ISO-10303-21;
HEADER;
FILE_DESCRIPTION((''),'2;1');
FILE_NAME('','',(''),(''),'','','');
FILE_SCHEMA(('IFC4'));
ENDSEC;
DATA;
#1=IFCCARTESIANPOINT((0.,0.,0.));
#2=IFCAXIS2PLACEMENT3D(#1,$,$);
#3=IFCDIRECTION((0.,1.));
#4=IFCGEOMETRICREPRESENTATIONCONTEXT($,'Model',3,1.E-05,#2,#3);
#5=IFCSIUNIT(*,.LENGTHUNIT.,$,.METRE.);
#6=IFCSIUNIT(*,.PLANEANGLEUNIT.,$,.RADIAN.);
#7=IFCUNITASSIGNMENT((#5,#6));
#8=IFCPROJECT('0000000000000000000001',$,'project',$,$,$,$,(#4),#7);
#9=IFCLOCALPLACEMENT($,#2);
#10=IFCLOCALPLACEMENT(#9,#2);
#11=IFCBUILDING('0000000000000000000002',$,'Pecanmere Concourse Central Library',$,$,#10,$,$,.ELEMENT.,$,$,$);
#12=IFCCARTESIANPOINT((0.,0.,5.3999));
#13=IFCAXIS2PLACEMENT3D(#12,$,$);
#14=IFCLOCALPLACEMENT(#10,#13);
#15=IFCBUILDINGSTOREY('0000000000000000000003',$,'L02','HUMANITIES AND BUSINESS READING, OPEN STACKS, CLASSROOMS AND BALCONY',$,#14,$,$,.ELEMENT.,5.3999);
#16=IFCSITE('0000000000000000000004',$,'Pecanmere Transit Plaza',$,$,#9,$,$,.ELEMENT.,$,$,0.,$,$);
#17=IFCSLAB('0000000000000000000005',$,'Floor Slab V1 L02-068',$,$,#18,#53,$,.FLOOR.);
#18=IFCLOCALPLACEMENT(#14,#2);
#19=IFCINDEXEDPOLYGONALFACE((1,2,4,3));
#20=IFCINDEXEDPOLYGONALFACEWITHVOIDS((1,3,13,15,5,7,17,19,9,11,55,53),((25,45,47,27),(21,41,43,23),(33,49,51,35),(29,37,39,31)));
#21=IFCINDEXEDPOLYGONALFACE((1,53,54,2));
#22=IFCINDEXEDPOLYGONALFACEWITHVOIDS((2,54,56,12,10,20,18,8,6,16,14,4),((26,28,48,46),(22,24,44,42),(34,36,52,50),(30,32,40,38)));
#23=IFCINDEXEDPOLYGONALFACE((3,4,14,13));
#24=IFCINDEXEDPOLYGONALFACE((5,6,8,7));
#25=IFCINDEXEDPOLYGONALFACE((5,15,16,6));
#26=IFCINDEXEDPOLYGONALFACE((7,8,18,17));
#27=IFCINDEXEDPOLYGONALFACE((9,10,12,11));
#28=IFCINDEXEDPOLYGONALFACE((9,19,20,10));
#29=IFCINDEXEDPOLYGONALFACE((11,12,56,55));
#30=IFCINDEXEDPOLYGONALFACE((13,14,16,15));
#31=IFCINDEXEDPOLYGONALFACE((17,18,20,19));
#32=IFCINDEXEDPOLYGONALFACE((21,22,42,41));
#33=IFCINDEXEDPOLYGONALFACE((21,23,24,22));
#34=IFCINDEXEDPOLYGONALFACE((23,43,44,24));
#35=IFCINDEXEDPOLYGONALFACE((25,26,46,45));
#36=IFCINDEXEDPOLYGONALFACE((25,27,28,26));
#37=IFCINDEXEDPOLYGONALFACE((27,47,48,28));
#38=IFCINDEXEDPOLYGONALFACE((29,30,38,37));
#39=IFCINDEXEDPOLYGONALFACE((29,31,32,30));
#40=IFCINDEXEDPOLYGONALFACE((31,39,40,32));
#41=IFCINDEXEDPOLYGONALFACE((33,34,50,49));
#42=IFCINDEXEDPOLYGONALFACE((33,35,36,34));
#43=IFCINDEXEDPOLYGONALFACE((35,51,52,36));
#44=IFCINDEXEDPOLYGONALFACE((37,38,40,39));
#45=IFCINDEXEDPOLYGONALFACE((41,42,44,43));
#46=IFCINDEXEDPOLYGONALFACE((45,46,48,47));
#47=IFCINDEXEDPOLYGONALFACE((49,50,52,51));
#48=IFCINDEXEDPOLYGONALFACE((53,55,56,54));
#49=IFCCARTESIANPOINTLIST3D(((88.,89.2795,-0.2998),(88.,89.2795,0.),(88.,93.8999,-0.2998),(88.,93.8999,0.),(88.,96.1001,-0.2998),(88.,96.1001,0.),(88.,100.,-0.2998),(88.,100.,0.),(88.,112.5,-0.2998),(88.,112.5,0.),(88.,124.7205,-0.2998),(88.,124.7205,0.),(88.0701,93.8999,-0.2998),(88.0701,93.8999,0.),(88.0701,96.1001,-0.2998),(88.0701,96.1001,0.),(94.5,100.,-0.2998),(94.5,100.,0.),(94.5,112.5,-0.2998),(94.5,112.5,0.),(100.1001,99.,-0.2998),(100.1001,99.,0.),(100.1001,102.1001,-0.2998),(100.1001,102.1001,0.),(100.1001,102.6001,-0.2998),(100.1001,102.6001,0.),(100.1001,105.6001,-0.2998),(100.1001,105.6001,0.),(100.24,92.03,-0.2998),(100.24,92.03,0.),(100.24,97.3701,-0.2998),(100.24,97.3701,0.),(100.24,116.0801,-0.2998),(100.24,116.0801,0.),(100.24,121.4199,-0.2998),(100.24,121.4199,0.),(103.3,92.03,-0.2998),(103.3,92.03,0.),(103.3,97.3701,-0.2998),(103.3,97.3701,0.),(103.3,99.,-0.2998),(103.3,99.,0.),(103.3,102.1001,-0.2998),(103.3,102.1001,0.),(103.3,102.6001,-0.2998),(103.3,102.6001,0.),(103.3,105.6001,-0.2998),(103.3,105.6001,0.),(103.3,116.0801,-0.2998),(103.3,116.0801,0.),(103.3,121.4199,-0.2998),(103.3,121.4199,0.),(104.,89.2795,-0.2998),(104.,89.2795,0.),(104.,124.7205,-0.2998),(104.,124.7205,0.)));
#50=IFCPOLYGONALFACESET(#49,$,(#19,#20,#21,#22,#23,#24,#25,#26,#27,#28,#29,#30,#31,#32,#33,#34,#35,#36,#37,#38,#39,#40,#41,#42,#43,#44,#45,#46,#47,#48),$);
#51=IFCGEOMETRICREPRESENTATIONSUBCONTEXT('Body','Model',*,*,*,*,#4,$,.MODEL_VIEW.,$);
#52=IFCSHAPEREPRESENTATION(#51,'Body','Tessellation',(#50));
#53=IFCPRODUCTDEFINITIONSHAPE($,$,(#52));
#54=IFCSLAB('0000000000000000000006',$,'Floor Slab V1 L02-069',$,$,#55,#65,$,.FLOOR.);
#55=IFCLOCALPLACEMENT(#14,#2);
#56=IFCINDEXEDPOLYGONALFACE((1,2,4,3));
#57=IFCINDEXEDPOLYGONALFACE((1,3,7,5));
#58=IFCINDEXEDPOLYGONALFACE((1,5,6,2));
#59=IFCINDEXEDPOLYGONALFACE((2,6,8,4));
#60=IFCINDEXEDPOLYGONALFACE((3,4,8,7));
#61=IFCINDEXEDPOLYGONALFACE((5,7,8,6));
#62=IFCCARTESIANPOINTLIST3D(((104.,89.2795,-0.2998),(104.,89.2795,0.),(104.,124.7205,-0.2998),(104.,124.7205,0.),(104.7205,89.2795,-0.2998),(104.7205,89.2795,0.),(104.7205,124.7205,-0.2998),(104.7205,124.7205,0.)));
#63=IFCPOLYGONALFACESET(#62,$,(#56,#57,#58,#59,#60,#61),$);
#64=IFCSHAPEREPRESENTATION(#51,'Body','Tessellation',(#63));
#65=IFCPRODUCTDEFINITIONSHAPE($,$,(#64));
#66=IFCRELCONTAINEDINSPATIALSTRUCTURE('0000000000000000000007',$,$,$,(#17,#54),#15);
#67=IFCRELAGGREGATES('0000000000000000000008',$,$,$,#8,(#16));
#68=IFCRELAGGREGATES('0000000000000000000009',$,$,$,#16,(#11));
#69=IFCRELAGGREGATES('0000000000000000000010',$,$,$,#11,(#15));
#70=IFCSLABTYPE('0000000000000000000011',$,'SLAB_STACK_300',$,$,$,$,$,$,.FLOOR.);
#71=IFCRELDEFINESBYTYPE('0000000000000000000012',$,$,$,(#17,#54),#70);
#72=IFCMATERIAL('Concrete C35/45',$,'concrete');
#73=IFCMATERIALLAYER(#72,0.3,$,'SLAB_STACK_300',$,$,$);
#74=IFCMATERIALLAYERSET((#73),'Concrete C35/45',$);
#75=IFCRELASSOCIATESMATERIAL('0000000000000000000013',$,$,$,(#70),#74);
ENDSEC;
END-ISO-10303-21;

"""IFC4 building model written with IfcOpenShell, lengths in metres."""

from ifc_helpers import new_model, si_unit, direction, frame, origin, place, context, subcontext, project, spatial, polyline, outline, extrude, material, layer, layer_set, type_object, element, save


model = new_model("IFC4")

# Units and contexts
model_context = context("Model", 3, precision=1e-05, world=origin(), true_north=direction((0.0, 1.0)))
body_context = subcontext(model_context, "Body", "Model", "MODEL_VIEW")
ifc_project = project(units=[si_unit("LENGTHUNIT", "METRE"), si_unit("PLANEANGLEUNIT", "RADIAN")], contexts=[model_context])

# Site, building, storey
site_placement = place(None, origin())
site = spatial("IfcSite", under=ifc_project, at=site_placement, Name="Pecanmere Transit Plaza", CompositionType="ELEMENT", RefElevation=0.0)
building_placement = place(site_placement, origin())
building = spatial("IfcBuilding", under=site, at=building_placement, Name="Pecanmere Concourse Central Library", CompositionType="ELEMENT")
storey_placement = place(building_placement, frame((0.0, 0.0, 5.3999)))
storey = spatial("IfcBuildingStorey", under=building, at=storey_placement, Name="L02", Description="HUMANITIES AND BUSINESS READING, OPEN STACKS, CLASSROOMS AND BALCONY", CompositionType="ELEMENT", Elevation=5.3999)

# Slabs
ifc_material_1 = material(Name="Concrete C35/45", Category="concrete")
ifc_layer_1 = layer(ifc_material_1, 0.3, Name="SLAB_STACK_300")
ifc_layer_set_1 = layer_set([ifc_layer_1], Name="Concrete C35/45")
slab_type_1 = type_object("IfcSlabType", Name="SLAB_STACK_300", PredefinedType="FLOOR", material=ifc_layer_set_1)
slab_1_placement = place(storey_placement, frame((0.0, 0.0, -0.2998)))
element("IfcSlab", 1, at=slab_1_placement, inside=storey, type_object=slab_type_1, Name="Floor Slab V1 L02-068", PredefinedType="FLOOR", context=body_context, shape_type="SweptSolid", body=[
    extrude(outline(polyline([(88.0, 89.2795), (88.0, 93.8999), (88.0701, 93.8999), (88.0701, 96.1001), (88.0, 96.1001), (88.0, 100.0), (94.5, 100.0), (94.5, 112.5), (88.0, 112.5), (88.0, 124.7205), (104.0, 124.7205), (104.0, 89.2795), (88.0, 89.2795)]), holes=[polyline([(103.3, 97.3701), (100.24, 97.3701), (100.24, 92.03), (103.3, 92.03), (103.3, 97.3701)]), polyline([(103.3, 102.1001), (100.1001, 102.1001), (100.1001, 99.0), (103.3, 99.0), (103.3, 102.1001)]), polyline([(103.3, 102.6001), (103.3, 105.6001), (100.1001, 105.6001), (100.1001, 102.6001), (103.3, 102.6001)]), polyline([(103.3, 116.0801), (103.3, 121.4199), (100.24, 121.4199), (100.24, 116.0801), (103.3, 116.0801)])]), origin(), (0.0, 0.0, 1.0), 0.2998),
])
slab_2_placement = place(storey_placement, frame((0.0, 0.0, -0.2998)))
element("IfcSlab", 2, at=slab_2_placement, inside=storey, type_object=slab_type_1, Name="Floor Slab V1 L02-069", PredefinedType="FLOOR", context=body_context, shape_type="SweptSolid", body=[
    extrude(outline(polyline([(104.0, 89.2795), (104.0, 124.7205), (104.7205, 124.7205), (104.7205, 89.2795), (104.0, 89.2795)])), origin(), (0.0, 0.0, 1.0), 0.2998),
])

save(model, "model.ifc")
